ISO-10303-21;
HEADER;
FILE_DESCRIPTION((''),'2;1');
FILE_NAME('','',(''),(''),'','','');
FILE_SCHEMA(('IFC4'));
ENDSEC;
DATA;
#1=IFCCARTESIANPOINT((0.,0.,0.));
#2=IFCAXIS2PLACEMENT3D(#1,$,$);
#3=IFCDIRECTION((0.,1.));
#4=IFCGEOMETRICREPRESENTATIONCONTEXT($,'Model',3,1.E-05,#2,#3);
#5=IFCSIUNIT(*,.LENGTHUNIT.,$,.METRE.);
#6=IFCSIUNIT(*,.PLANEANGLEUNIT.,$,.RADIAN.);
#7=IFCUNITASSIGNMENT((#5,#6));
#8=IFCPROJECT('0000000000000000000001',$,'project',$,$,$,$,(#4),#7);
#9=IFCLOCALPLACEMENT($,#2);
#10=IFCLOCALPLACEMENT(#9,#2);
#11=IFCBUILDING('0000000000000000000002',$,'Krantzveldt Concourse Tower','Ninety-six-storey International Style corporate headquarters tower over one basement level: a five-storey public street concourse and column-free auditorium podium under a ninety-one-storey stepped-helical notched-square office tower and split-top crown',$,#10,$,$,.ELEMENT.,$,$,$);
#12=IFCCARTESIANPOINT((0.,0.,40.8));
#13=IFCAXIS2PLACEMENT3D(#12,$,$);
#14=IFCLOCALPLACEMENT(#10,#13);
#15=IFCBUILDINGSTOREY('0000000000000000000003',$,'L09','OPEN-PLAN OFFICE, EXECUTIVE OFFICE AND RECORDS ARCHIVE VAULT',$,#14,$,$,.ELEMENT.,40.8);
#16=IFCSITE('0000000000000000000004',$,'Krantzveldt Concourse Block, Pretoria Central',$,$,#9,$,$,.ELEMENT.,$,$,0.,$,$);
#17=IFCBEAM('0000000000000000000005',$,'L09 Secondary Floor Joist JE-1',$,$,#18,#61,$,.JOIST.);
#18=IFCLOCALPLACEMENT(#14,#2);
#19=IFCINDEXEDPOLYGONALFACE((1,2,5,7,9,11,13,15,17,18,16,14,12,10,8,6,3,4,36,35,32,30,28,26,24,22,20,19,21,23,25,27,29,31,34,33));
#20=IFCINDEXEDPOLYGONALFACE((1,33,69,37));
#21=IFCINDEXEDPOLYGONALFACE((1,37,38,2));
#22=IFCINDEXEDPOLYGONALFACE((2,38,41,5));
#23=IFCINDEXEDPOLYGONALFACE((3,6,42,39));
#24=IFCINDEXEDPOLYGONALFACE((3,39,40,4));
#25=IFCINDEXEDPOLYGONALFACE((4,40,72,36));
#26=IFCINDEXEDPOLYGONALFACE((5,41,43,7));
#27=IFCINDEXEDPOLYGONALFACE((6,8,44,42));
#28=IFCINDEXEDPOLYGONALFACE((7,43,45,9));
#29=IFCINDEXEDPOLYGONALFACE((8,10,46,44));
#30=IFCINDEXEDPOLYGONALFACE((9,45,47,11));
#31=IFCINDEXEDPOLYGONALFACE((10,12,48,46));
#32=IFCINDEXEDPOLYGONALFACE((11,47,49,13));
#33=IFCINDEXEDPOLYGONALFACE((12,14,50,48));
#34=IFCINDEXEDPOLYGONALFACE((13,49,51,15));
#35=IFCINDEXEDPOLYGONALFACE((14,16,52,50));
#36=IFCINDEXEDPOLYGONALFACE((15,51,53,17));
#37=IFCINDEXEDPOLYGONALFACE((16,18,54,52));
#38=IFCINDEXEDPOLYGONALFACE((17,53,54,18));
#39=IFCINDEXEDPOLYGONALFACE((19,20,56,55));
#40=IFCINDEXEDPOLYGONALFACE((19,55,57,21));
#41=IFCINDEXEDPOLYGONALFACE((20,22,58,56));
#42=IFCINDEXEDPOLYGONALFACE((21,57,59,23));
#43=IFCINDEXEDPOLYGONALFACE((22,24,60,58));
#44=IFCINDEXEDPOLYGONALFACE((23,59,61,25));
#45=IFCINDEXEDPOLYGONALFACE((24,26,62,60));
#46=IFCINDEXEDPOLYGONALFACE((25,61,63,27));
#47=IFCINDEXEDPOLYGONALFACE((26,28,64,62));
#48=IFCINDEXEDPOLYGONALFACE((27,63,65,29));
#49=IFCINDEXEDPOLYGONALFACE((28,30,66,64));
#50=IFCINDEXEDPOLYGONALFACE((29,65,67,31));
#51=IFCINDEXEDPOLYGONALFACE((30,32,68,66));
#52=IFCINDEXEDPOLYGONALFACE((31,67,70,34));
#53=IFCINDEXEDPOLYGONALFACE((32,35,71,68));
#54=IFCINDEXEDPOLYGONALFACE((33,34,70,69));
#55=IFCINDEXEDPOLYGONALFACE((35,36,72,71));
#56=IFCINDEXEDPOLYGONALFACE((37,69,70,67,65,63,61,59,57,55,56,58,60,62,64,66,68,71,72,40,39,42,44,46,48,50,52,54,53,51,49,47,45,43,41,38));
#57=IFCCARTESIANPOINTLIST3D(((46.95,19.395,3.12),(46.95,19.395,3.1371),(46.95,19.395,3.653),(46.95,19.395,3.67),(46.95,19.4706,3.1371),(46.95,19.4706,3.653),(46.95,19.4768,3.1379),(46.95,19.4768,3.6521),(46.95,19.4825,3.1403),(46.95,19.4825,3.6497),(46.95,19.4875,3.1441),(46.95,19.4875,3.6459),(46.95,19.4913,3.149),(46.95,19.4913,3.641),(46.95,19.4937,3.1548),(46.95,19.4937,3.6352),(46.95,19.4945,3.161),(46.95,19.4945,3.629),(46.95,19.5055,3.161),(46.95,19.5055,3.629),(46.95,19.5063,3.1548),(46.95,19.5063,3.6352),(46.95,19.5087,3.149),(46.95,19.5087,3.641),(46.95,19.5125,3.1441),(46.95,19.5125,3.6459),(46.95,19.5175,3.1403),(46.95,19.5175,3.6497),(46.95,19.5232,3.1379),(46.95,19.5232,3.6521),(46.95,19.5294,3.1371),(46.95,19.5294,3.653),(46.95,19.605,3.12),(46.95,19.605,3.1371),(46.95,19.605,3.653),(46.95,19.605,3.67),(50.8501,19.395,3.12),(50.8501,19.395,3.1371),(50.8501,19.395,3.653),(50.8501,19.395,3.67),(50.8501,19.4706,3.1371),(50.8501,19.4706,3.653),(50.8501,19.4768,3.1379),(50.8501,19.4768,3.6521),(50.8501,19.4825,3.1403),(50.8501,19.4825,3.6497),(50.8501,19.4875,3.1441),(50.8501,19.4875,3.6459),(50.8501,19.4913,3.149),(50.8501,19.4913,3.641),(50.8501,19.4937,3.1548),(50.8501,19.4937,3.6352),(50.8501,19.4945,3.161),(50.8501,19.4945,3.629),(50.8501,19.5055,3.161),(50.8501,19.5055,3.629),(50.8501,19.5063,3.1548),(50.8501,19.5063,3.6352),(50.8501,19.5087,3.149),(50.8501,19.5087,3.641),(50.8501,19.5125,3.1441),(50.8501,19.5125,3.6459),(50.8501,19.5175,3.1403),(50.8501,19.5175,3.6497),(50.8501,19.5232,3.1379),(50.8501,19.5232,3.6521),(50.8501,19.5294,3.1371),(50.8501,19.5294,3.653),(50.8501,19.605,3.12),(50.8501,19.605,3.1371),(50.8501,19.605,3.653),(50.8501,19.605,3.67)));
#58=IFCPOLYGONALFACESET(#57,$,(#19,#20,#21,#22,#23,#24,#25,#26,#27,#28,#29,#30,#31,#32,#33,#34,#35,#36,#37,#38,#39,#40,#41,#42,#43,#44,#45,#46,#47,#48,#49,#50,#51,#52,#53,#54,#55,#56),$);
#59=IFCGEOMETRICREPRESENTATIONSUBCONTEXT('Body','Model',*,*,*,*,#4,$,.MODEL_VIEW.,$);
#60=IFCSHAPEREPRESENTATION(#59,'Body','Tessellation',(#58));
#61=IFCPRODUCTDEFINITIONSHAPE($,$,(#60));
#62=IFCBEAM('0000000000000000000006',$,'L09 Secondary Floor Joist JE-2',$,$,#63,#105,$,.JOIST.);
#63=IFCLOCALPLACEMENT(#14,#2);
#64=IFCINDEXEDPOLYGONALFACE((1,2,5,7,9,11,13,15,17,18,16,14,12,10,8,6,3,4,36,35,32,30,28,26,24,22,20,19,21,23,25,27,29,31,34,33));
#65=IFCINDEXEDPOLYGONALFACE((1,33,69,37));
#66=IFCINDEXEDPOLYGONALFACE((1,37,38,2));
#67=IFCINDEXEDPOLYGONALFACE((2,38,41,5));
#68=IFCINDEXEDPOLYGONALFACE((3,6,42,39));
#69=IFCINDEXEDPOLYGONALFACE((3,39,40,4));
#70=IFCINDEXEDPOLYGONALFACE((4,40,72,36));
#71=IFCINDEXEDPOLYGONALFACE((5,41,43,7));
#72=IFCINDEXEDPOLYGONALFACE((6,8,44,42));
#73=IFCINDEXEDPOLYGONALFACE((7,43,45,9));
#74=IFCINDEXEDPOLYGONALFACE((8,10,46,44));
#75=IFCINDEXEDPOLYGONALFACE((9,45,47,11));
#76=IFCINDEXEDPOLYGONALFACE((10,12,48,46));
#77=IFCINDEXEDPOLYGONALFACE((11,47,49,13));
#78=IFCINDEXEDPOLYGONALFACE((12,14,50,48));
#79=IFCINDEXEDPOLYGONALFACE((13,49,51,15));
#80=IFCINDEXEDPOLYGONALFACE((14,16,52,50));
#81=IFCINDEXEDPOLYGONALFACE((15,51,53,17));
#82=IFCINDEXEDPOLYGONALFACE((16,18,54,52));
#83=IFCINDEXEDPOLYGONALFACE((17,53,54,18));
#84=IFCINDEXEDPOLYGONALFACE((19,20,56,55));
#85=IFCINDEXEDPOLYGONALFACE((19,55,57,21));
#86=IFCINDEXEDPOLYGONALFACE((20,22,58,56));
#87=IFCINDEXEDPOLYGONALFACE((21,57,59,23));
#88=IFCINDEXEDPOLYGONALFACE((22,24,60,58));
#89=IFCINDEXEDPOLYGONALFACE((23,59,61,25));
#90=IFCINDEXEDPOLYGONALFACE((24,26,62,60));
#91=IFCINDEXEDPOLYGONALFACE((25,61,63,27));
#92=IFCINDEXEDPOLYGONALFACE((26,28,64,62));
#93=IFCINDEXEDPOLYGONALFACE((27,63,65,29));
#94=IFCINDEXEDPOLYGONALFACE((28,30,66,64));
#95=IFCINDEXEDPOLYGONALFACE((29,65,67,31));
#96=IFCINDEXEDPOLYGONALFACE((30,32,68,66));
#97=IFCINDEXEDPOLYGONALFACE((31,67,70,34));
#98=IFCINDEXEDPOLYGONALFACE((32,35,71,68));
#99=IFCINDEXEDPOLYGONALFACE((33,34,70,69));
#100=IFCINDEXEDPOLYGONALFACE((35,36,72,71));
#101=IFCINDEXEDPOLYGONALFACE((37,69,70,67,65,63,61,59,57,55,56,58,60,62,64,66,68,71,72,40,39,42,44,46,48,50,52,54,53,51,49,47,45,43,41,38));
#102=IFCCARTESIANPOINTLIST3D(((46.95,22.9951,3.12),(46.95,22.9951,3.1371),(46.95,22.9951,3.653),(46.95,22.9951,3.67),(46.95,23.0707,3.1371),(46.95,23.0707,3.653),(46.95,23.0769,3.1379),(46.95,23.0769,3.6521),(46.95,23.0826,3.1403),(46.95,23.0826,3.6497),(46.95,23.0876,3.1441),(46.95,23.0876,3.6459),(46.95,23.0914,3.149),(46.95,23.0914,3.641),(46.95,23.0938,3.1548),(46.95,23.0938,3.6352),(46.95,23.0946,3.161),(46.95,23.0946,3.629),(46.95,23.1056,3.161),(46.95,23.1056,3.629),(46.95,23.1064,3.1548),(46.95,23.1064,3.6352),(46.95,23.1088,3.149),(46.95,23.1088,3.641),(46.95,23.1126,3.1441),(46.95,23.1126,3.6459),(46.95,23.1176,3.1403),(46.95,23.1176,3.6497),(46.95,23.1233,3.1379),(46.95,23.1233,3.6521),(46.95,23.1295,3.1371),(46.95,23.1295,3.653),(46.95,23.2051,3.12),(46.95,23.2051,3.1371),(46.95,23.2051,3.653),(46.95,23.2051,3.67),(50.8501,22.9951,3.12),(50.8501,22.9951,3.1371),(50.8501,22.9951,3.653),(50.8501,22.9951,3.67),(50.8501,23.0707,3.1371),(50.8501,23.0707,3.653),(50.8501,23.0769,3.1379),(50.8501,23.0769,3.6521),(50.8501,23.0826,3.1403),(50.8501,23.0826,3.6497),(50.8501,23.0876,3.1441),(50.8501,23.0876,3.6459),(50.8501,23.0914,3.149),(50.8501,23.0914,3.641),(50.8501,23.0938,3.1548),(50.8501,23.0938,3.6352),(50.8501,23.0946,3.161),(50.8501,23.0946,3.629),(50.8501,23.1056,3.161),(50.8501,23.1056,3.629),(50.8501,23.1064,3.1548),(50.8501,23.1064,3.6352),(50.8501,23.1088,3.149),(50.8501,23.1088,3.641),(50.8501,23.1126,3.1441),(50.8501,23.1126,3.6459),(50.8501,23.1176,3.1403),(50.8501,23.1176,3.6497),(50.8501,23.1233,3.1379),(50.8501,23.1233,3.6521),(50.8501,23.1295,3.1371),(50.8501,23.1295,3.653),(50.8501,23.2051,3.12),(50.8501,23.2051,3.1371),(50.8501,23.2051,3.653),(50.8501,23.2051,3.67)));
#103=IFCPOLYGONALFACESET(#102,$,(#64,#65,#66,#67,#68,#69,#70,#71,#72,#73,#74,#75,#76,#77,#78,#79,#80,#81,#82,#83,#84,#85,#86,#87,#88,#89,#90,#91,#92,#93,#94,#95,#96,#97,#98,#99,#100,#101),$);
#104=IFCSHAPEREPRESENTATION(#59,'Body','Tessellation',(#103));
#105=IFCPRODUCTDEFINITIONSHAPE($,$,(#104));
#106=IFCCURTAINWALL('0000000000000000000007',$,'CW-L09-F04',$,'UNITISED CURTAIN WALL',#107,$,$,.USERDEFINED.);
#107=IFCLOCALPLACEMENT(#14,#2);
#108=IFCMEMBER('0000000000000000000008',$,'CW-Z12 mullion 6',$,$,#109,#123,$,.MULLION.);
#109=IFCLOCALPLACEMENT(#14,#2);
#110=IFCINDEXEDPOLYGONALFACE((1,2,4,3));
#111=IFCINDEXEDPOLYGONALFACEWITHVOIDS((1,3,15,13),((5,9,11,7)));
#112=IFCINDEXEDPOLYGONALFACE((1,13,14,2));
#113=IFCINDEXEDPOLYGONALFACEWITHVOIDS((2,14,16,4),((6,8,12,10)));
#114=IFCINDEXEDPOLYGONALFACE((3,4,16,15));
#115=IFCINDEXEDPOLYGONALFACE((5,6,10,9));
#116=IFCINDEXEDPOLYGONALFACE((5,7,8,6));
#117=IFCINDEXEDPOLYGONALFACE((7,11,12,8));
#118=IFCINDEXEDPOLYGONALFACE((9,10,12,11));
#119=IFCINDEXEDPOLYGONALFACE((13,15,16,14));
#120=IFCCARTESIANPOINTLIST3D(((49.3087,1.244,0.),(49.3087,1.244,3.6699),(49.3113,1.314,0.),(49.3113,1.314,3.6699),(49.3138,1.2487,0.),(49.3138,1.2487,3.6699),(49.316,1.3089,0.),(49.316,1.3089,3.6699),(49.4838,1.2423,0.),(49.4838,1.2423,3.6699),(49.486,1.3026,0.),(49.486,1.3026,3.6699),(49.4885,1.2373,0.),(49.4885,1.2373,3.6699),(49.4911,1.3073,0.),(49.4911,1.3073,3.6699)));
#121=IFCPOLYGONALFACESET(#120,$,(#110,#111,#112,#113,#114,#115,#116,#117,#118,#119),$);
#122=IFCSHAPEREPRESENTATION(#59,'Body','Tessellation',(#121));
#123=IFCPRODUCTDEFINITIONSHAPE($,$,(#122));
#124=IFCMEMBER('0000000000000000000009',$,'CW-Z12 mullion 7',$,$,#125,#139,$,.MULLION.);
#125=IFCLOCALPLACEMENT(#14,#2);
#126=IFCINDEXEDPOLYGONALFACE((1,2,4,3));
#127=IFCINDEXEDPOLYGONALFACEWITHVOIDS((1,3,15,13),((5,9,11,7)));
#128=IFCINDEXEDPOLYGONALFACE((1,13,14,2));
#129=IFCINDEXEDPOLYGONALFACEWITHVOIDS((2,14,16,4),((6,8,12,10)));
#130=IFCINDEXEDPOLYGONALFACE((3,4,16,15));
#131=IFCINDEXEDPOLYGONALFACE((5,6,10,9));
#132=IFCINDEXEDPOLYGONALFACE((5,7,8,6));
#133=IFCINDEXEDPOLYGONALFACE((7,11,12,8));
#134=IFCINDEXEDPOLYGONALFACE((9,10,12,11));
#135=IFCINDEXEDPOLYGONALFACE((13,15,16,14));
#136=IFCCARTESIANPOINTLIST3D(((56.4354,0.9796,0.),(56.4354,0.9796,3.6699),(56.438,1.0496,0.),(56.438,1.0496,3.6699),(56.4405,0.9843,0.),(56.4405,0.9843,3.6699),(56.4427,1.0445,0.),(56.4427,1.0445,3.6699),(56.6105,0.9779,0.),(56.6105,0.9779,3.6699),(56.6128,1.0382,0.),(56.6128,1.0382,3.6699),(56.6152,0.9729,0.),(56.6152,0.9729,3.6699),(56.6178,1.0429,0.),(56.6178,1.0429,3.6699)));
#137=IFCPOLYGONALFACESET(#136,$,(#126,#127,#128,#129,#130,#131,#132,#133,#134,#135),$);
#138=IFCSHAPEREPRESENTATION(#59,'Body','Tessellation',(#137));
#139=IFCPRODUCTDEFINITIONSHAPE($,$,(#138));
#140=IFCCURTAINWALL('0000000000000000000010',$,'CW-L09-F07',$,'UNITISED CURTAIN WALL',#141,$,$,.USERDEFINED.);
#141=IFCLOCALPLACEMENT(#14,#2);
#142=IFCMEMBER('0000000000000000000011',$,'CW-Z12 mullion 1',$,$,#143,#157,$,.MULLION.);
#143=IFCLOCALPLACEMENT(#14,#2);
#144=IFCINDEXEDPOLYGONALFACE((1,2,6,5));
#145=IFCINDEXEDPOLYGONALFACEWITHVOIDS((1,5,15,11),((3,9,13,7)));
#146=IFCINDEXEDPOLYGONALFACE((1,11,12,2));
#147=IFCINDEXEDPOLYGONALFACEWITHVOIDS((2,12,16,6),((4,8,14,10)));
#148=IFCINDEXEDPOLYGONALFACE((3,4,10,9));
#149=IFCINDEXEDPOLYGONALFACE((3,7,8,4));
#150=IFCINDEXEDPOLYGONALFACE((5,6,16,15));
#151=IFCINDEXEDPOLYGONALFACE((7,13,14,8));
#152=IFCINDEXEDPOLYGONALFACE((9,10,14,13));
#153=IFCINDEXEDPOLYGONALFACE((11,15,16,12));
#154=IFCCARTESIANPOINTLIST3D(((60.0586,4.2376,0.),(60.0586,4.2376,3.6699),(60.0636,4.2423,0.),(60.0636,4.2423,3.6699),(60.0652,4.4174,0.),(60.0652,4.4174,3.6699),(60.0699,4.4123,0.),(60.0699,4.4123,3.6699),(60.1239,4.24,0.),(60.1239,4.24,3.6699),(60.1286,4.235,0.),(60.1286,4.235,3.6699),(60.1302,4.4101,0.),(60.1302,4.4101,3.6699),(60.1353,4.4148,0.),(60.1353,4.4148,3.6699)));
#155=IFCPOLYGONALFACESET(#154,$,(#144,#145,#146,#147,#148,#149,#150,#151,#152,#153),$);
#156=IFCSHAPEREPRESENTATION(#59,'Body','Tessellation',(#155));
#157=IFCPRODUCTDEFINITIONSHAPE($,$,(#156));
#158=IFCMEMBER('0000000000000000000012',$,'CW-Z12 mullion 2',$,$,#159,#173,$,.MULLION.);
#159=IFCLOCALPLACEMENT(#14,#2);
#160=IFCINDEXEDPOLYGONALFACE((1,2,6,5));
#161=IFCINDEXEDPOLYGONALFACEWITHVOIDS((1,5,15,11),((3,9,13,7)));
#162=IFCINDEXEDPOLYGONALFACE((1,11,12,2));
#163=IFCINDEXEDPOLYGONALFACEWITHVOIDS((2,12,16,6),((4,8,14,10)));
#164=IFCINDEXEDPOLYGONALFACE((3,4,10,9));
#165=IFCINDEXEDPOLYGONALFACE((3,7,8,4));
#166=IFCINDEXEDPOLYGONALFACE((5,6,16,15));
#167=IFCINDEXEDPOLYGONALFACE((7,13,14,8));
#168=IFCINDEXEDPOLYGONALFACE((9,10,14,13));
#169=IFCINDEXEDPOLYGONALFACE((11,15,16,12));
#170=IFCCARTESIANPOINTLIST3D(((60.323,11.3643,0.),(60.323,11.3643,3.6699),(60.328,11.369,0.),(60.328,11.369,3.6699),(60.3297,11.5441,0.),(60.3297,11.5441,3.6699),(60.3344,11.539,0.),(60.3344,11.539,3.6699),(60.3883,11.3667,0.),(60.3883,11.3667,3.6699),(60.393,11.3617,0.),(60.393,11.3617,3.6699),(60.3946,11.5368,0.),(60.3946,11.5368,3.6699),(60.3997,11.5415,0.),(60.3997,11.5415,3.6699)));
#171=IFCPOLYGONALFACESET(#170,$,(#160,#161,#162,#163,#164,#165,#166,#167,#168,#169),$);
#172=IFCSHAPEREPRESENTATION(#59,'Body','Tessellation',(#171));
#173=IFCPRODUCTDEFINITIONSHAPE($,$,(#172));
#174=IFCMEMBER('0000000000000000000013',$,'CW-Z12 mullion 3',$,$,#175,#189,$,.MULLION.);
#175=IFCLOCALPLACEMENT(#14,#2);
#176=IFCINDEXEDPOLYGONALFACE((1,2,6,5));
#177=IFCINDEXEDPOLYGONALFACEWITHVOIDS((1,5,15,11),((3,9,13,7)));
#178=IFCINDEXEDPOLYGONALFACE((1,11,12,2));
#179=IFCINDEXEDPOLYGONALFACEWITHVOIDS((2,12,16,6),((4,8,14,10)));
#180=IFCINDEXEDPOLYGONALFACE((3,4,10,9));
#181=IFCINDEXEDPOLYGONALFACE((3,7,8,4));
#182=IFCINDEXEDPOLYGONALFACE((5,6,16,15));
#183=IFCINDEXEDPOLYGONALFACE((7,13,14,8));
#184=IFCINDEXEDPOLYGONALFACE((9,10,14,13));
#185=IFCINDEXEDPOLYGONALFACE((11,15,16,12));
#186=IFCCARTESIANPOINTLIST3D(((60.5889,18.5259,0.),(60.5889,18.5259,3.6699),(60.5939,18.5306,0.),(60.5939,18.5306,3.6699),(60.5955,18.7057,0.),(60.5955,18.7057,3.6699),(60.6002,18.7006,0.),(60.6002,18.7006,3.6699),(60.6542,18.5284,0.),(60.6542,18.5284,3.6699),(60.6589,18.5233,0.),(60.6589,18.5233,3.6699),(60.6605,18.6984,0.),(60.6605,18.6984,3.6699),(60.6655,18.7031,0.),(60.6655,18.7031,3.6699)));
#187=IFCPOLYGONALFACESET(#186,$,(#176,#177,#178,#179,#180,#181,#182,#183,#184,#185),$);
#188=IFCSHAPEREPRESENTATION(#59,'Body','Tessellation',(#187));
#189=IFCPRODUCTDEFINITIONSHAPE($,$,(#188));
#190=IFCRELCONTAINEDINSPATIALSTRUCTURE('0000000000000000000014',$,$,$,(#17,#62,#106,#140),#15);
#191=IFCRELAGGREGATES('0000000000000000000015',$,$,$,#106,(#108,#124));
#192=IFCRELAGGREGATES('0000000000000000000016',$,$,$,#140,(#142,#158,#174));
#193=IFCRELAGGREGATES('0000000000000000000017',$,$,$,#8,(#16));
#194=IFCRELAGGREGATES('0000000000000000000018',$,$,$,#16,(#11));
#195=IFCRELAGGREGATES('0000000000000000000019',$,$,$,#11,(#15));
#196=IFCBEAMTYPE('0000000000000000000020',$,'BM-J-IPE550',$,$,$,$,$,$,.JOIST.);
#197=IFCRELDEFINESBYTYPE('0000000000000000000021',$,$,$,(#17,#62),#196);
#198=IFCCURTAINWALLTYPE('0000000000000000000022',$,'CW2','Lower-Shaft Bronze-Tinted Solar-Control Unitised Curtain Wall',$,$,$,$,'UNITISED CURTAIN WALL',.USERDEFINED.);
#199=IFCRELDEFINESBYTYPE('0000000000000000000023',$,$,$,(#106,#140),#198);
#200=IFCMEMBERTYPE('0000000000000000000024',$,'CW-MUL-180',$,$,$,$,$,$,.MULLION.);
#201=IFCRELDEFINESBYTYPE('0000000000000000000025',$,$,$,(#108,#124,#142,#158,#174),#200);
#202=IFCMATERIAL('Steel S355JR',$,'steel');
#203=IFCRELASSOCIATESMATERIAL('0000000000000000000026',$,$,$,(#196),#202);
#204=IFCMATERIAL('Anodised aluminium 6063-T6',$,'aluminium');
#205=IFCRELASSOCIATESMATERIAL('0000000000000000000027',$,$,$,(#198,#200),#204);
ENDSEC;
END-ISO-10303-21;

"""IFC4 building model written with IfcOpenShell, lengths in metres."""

from ifc_helpers import new_model, si_unit, direction, frame, origin, origin_2d, place, context, subcontext, project, spatial, hollow_rectangle, i_section, extrude, source, transform, mapped, material, material_profile, profile_set, type_object, type_shapes, element, aggregate, save


model = new_model("IFC4")

# Units and contexts
model_context = context("Model", 3, precision=1e-05, world=origin(), true_north=direction((0.0, 1.0)))
body_context = subcontext(model_context, "Body", "Model", "MODEL_VIEW")
ifc_project = project(units=[si_unit("LENGTHUNIT", "METRE"), si_unit("PLANEANGLEUNIT", "RADIAN")], contexts=[model_context])

# Site, building, storey
site_placement = place(None, origin())
site = spatial("IfcSite", under=ifc_project, at=site_placement, Name="Krantzveldt Concourse Block, Pretoria Central", CompositionType="ELEMENT", RefElevation=0.0)
building_placement = place(site_placement, origin())
building = spatial("IfcBuilding", under=site, at=building_placement, Name="Krantzveldt Concourse Tower", Description="Ninety-six-storey International Style corporate headquarters tower over one basement level: a five-storey public street concourse and column-free auditorium podium under a ninety-one-storey stepped-helical notched-square office tower and split-top crown", CompositionType="ELEMENT")
storey_placement = place(building_placement, frame((0.0, 0.0, 40.8)))
storey = spatial("IfcBuildingStorey", under=building, at=storey_placement, Name="L09", Description="OPEN-PLAN OFFICE, EXECUTIVE OFFICE AND RECORDS ARCHIVE VAULT", CompositionType="ELEMENT", Elevation=40.8)

# Beams
ifc_material_1 = material(Name="Steel S355JR", Category="steel")
ifc_material_profile_1 = material_profile(ifc_material_1, i_section(OverallWidth=0.21, OverallDepth=0.55, WebThickness=0.011, FlangeThickness=0.0171, FilletRadius=0.0239, at=origin_2d()), Name="Steel S355JR", Category="steel")
ifc_profile_set_1 = profile_set([ifc_material_profile_1], Name="Steel S355JR - IPE 550")
beam_type_1 = type_object("IfcBeamType", Name="BM-J-IPE550", PredefinedType="JOIST", material=ifc_profile_set_1)
shared_shape_1 = source(origin(), body_context, "Body", "SweptSolid", [
    extrude(i_section(OverallWidth=0.21, OverallDepth=0.55, WebThickness=0.011, FlangeThickness=0.0171, FilletRadius=0.0239, at=origin_2d()), origin(), (0.0, 0.0, 1.0), 3.9001),
])
type_shapes(beam_type_1, [shared_shape_1])
for number, where, z_axis, x_axis, name in (
    (1, (46.95, 19.5, 3.395), (1.0, 0.0, 0.0), (0.0, 1.0, 0.0), "L09 Secondary Floor Joist JE-1"),
    (2, (46.95, 23.1001, 3.395), (1.0, 0.0, 0.0), (0.0, 1.0, 0.0), "L09 Secondary Floor Joist JE-2"),
):
    element("IfcBeam", number, at=place(storey_placement, frame(where, z_axis=z_axis, x_axis=x_axis)), inside=storey, type_object=beam_type_1, Name=name, PredefinedType="JOIST", context=body_context, shape_type="MappedRepresentation", body=[
        mapped(shared_shape_1, transform((0.0, 0.0, 0.0), x_axis=(1.0, 0.0, 0.0), y_axis=(0.0, 1.0, 0.0), z_axis=(0.0, 0.0, 1.0), scale=1.0)),
    ])

# Curtain walls, members
ifc_material_2 = material(Name="Anodised aluminium 6063-T6", Category="aluminium")
curtain_wall_type = type_object("IfcCurtainWallType", Name="CW2", Description="Lower-Shaft Bronze-Tinted Solar-Control Unitised Curtain Wall", ElementType="UNITISED CURTAIN WALL", PredefinedType="USERDEFINED", material=ifc_material_2)
curtain_wall_1_placement = place(storey_placement, origin())
curtain_wall_1 = element("IfcCurtainWall", 3, at=curtain_wall_1_placement, inside=storey, type_object=curtain_wall_type, Name="CW-L09-F04", ObjectType="UNITISED CURTAIN WALL", PredefinedType="USERDEFINED")
ifc_material_profile_2 = material_profile(ifc_material_2, hollow_rectangle(XDim=0.0701, YDim=0.1799, WallThickness=0.0049, at=origin_2d()), Name="Anodised aluminium 6063-T6", Category="aluminium")
ifc_profile_set_2 = profile_set([ifc_material_profile_2], Name="Anodised aluminium 6063-T6 - ALU-MULL 180x70x5")
member_type_1 = type_object("IfcMemberType", Name="CW-MUL-180", PredefinedType="MULLION", material=ifc_profile_set_2)
shared_shape_2 = source(origin(), body_context, "Body", "SweptSolid", [
    extrude(hollow_rectangle(XDim=0.0701, YDim=0.1799, WallThickness=0.0049, at=origin_2d()), origin(), (0.0, 0.0, 1.0), 3.6699),
])
type_shapes(member_type_1, [shared_shape_2])
member_1_placement = place(storey_placement, frame((49.3999, 1.2756, 0.0), z_axis=(0.0, 0.0, 1.0), x_axis=(0.03708, 0.999312, 0.0)))
member_1 = element("IfcMember", 4, at=member_1_placement, type_object=member_type_1, Name="CW-Z12 mullion 6", PredefinedType="MULLION", context=body_context, shape_type="MappedRepresentation", body=[
    mapped(shared_shape_2, transform((0.0, 0.0, 0.0), x_axis=(1.0, 0.0, 0.0), y_axis=(0.0, 1.0, 0.0), z_axis=(0.0, 0.0, 1.0), scale=1.0)),
])
member_2_placement = place(storey_placement, frame((56.5266, 1.0112, 0.0), z_axis=(0.0, 0.0, 1.0), x_axis=(0.03708, 0.999312, 0.0)))
member_2 = element("IfcMember", 5, at=member_2_placement, type_object=member_type_1, Name="CW-Z12 mullion 7", PredefinedType="MULLION", context=body_context, shape_type="MappedRepresentation", body=[
    mapped(shared_shape_2, transform((0.0, 0.0, 0.0), x_axis=(1.0, 0.0, 0.0), y_axis=(0.0, 1.0, 0.0), z_axis=(0.0, 0.0, 1.0), scale=1.0)),
])
curtain_wall_2_placement = place(storey_placement, origin())
curtain_wall_2 = element("IfcCurtainWall", 6, at=curtain_wall_2_placement, inside=storey, type_object=curtain_wall_type, Name="CW-L09-F07", ObjectType="UNITISED CURTAIN WALL", PredefinedType="USERDEFINED")
member_3_placement = place(storey_placement, frame((60.0969, 4.3262, 0.0), z_axis=(0.0, 0.0, 1.0), x_axis=(-0.999312, 0.03708, 0.0)))
member_3 = element("IfcMember", 7, at=member_3_placement, type_object=member_type_1, Name="CW-Z12 mullion 1", PredefinedType="MULLION", context=body_context, shape_type="MappedRepresentation", body=[
    mapped(shared_shape_2, transform((0.0, 0.0, 0.0), x_axis=(1.0, 0.0, 0.0), y_axis=(0.0, 1.0, 0.0), z_axis=(0.0, 0.0, 1.0), scale=1.0)),
])
member_4_placement = place(storey_placement, frame((60.3613, 11.4529, 0.0), z_axis=(0.0, 0.0, 1.0), x_axis=(-0.999312, 0.03708, 0.0)))
member_4 = element("IfcMember", 8, at=member_4_placement, type_object=member_type_1, Name="CW-Z12 mullion 2", PredefinedType="MULLION", context=body_context, shape_type="MappedRepresentation", body=[
    mapped(shared_shape_2, transform((0.0, 0.0, 0.0), x_axis=(1.0, 0.0, 0.0), y_axis=(0.0, 1.0, 0.0), z_axis=(0.0, 0.0, 1.0), scale=1.0)),
])
member_5_placement = place(storey_placement, frame((60.6272, 18.6145, 0.0), z_axis=(0.0, 0.0, 1.0), x_axis=(-0.999312, 0.03708, 0.0)))
member_5 = element("IfcMember", 9, at=member_5_placement, type_object=member_type_1, Name="CW-Z12 mullion 3", PredefinedType="MULLION", context=body_context, shape_type="MappedRepresentation", body=[
    mapped(shared_shape_2, transform((0.0, 0.0, 0.0), x_axis=(1.0, 0.0, 0.0), y_axis=(0.0, 1.0, 0.0), z_axis=(0.0, 0.0, 1.0), scale=1.0)),
])

aggregate(curtain_wall_1, [member_1, member_2])
aggregate(curtain_wall_2, [member_3, member_4, member_5])

save(model, "model.ifc")
